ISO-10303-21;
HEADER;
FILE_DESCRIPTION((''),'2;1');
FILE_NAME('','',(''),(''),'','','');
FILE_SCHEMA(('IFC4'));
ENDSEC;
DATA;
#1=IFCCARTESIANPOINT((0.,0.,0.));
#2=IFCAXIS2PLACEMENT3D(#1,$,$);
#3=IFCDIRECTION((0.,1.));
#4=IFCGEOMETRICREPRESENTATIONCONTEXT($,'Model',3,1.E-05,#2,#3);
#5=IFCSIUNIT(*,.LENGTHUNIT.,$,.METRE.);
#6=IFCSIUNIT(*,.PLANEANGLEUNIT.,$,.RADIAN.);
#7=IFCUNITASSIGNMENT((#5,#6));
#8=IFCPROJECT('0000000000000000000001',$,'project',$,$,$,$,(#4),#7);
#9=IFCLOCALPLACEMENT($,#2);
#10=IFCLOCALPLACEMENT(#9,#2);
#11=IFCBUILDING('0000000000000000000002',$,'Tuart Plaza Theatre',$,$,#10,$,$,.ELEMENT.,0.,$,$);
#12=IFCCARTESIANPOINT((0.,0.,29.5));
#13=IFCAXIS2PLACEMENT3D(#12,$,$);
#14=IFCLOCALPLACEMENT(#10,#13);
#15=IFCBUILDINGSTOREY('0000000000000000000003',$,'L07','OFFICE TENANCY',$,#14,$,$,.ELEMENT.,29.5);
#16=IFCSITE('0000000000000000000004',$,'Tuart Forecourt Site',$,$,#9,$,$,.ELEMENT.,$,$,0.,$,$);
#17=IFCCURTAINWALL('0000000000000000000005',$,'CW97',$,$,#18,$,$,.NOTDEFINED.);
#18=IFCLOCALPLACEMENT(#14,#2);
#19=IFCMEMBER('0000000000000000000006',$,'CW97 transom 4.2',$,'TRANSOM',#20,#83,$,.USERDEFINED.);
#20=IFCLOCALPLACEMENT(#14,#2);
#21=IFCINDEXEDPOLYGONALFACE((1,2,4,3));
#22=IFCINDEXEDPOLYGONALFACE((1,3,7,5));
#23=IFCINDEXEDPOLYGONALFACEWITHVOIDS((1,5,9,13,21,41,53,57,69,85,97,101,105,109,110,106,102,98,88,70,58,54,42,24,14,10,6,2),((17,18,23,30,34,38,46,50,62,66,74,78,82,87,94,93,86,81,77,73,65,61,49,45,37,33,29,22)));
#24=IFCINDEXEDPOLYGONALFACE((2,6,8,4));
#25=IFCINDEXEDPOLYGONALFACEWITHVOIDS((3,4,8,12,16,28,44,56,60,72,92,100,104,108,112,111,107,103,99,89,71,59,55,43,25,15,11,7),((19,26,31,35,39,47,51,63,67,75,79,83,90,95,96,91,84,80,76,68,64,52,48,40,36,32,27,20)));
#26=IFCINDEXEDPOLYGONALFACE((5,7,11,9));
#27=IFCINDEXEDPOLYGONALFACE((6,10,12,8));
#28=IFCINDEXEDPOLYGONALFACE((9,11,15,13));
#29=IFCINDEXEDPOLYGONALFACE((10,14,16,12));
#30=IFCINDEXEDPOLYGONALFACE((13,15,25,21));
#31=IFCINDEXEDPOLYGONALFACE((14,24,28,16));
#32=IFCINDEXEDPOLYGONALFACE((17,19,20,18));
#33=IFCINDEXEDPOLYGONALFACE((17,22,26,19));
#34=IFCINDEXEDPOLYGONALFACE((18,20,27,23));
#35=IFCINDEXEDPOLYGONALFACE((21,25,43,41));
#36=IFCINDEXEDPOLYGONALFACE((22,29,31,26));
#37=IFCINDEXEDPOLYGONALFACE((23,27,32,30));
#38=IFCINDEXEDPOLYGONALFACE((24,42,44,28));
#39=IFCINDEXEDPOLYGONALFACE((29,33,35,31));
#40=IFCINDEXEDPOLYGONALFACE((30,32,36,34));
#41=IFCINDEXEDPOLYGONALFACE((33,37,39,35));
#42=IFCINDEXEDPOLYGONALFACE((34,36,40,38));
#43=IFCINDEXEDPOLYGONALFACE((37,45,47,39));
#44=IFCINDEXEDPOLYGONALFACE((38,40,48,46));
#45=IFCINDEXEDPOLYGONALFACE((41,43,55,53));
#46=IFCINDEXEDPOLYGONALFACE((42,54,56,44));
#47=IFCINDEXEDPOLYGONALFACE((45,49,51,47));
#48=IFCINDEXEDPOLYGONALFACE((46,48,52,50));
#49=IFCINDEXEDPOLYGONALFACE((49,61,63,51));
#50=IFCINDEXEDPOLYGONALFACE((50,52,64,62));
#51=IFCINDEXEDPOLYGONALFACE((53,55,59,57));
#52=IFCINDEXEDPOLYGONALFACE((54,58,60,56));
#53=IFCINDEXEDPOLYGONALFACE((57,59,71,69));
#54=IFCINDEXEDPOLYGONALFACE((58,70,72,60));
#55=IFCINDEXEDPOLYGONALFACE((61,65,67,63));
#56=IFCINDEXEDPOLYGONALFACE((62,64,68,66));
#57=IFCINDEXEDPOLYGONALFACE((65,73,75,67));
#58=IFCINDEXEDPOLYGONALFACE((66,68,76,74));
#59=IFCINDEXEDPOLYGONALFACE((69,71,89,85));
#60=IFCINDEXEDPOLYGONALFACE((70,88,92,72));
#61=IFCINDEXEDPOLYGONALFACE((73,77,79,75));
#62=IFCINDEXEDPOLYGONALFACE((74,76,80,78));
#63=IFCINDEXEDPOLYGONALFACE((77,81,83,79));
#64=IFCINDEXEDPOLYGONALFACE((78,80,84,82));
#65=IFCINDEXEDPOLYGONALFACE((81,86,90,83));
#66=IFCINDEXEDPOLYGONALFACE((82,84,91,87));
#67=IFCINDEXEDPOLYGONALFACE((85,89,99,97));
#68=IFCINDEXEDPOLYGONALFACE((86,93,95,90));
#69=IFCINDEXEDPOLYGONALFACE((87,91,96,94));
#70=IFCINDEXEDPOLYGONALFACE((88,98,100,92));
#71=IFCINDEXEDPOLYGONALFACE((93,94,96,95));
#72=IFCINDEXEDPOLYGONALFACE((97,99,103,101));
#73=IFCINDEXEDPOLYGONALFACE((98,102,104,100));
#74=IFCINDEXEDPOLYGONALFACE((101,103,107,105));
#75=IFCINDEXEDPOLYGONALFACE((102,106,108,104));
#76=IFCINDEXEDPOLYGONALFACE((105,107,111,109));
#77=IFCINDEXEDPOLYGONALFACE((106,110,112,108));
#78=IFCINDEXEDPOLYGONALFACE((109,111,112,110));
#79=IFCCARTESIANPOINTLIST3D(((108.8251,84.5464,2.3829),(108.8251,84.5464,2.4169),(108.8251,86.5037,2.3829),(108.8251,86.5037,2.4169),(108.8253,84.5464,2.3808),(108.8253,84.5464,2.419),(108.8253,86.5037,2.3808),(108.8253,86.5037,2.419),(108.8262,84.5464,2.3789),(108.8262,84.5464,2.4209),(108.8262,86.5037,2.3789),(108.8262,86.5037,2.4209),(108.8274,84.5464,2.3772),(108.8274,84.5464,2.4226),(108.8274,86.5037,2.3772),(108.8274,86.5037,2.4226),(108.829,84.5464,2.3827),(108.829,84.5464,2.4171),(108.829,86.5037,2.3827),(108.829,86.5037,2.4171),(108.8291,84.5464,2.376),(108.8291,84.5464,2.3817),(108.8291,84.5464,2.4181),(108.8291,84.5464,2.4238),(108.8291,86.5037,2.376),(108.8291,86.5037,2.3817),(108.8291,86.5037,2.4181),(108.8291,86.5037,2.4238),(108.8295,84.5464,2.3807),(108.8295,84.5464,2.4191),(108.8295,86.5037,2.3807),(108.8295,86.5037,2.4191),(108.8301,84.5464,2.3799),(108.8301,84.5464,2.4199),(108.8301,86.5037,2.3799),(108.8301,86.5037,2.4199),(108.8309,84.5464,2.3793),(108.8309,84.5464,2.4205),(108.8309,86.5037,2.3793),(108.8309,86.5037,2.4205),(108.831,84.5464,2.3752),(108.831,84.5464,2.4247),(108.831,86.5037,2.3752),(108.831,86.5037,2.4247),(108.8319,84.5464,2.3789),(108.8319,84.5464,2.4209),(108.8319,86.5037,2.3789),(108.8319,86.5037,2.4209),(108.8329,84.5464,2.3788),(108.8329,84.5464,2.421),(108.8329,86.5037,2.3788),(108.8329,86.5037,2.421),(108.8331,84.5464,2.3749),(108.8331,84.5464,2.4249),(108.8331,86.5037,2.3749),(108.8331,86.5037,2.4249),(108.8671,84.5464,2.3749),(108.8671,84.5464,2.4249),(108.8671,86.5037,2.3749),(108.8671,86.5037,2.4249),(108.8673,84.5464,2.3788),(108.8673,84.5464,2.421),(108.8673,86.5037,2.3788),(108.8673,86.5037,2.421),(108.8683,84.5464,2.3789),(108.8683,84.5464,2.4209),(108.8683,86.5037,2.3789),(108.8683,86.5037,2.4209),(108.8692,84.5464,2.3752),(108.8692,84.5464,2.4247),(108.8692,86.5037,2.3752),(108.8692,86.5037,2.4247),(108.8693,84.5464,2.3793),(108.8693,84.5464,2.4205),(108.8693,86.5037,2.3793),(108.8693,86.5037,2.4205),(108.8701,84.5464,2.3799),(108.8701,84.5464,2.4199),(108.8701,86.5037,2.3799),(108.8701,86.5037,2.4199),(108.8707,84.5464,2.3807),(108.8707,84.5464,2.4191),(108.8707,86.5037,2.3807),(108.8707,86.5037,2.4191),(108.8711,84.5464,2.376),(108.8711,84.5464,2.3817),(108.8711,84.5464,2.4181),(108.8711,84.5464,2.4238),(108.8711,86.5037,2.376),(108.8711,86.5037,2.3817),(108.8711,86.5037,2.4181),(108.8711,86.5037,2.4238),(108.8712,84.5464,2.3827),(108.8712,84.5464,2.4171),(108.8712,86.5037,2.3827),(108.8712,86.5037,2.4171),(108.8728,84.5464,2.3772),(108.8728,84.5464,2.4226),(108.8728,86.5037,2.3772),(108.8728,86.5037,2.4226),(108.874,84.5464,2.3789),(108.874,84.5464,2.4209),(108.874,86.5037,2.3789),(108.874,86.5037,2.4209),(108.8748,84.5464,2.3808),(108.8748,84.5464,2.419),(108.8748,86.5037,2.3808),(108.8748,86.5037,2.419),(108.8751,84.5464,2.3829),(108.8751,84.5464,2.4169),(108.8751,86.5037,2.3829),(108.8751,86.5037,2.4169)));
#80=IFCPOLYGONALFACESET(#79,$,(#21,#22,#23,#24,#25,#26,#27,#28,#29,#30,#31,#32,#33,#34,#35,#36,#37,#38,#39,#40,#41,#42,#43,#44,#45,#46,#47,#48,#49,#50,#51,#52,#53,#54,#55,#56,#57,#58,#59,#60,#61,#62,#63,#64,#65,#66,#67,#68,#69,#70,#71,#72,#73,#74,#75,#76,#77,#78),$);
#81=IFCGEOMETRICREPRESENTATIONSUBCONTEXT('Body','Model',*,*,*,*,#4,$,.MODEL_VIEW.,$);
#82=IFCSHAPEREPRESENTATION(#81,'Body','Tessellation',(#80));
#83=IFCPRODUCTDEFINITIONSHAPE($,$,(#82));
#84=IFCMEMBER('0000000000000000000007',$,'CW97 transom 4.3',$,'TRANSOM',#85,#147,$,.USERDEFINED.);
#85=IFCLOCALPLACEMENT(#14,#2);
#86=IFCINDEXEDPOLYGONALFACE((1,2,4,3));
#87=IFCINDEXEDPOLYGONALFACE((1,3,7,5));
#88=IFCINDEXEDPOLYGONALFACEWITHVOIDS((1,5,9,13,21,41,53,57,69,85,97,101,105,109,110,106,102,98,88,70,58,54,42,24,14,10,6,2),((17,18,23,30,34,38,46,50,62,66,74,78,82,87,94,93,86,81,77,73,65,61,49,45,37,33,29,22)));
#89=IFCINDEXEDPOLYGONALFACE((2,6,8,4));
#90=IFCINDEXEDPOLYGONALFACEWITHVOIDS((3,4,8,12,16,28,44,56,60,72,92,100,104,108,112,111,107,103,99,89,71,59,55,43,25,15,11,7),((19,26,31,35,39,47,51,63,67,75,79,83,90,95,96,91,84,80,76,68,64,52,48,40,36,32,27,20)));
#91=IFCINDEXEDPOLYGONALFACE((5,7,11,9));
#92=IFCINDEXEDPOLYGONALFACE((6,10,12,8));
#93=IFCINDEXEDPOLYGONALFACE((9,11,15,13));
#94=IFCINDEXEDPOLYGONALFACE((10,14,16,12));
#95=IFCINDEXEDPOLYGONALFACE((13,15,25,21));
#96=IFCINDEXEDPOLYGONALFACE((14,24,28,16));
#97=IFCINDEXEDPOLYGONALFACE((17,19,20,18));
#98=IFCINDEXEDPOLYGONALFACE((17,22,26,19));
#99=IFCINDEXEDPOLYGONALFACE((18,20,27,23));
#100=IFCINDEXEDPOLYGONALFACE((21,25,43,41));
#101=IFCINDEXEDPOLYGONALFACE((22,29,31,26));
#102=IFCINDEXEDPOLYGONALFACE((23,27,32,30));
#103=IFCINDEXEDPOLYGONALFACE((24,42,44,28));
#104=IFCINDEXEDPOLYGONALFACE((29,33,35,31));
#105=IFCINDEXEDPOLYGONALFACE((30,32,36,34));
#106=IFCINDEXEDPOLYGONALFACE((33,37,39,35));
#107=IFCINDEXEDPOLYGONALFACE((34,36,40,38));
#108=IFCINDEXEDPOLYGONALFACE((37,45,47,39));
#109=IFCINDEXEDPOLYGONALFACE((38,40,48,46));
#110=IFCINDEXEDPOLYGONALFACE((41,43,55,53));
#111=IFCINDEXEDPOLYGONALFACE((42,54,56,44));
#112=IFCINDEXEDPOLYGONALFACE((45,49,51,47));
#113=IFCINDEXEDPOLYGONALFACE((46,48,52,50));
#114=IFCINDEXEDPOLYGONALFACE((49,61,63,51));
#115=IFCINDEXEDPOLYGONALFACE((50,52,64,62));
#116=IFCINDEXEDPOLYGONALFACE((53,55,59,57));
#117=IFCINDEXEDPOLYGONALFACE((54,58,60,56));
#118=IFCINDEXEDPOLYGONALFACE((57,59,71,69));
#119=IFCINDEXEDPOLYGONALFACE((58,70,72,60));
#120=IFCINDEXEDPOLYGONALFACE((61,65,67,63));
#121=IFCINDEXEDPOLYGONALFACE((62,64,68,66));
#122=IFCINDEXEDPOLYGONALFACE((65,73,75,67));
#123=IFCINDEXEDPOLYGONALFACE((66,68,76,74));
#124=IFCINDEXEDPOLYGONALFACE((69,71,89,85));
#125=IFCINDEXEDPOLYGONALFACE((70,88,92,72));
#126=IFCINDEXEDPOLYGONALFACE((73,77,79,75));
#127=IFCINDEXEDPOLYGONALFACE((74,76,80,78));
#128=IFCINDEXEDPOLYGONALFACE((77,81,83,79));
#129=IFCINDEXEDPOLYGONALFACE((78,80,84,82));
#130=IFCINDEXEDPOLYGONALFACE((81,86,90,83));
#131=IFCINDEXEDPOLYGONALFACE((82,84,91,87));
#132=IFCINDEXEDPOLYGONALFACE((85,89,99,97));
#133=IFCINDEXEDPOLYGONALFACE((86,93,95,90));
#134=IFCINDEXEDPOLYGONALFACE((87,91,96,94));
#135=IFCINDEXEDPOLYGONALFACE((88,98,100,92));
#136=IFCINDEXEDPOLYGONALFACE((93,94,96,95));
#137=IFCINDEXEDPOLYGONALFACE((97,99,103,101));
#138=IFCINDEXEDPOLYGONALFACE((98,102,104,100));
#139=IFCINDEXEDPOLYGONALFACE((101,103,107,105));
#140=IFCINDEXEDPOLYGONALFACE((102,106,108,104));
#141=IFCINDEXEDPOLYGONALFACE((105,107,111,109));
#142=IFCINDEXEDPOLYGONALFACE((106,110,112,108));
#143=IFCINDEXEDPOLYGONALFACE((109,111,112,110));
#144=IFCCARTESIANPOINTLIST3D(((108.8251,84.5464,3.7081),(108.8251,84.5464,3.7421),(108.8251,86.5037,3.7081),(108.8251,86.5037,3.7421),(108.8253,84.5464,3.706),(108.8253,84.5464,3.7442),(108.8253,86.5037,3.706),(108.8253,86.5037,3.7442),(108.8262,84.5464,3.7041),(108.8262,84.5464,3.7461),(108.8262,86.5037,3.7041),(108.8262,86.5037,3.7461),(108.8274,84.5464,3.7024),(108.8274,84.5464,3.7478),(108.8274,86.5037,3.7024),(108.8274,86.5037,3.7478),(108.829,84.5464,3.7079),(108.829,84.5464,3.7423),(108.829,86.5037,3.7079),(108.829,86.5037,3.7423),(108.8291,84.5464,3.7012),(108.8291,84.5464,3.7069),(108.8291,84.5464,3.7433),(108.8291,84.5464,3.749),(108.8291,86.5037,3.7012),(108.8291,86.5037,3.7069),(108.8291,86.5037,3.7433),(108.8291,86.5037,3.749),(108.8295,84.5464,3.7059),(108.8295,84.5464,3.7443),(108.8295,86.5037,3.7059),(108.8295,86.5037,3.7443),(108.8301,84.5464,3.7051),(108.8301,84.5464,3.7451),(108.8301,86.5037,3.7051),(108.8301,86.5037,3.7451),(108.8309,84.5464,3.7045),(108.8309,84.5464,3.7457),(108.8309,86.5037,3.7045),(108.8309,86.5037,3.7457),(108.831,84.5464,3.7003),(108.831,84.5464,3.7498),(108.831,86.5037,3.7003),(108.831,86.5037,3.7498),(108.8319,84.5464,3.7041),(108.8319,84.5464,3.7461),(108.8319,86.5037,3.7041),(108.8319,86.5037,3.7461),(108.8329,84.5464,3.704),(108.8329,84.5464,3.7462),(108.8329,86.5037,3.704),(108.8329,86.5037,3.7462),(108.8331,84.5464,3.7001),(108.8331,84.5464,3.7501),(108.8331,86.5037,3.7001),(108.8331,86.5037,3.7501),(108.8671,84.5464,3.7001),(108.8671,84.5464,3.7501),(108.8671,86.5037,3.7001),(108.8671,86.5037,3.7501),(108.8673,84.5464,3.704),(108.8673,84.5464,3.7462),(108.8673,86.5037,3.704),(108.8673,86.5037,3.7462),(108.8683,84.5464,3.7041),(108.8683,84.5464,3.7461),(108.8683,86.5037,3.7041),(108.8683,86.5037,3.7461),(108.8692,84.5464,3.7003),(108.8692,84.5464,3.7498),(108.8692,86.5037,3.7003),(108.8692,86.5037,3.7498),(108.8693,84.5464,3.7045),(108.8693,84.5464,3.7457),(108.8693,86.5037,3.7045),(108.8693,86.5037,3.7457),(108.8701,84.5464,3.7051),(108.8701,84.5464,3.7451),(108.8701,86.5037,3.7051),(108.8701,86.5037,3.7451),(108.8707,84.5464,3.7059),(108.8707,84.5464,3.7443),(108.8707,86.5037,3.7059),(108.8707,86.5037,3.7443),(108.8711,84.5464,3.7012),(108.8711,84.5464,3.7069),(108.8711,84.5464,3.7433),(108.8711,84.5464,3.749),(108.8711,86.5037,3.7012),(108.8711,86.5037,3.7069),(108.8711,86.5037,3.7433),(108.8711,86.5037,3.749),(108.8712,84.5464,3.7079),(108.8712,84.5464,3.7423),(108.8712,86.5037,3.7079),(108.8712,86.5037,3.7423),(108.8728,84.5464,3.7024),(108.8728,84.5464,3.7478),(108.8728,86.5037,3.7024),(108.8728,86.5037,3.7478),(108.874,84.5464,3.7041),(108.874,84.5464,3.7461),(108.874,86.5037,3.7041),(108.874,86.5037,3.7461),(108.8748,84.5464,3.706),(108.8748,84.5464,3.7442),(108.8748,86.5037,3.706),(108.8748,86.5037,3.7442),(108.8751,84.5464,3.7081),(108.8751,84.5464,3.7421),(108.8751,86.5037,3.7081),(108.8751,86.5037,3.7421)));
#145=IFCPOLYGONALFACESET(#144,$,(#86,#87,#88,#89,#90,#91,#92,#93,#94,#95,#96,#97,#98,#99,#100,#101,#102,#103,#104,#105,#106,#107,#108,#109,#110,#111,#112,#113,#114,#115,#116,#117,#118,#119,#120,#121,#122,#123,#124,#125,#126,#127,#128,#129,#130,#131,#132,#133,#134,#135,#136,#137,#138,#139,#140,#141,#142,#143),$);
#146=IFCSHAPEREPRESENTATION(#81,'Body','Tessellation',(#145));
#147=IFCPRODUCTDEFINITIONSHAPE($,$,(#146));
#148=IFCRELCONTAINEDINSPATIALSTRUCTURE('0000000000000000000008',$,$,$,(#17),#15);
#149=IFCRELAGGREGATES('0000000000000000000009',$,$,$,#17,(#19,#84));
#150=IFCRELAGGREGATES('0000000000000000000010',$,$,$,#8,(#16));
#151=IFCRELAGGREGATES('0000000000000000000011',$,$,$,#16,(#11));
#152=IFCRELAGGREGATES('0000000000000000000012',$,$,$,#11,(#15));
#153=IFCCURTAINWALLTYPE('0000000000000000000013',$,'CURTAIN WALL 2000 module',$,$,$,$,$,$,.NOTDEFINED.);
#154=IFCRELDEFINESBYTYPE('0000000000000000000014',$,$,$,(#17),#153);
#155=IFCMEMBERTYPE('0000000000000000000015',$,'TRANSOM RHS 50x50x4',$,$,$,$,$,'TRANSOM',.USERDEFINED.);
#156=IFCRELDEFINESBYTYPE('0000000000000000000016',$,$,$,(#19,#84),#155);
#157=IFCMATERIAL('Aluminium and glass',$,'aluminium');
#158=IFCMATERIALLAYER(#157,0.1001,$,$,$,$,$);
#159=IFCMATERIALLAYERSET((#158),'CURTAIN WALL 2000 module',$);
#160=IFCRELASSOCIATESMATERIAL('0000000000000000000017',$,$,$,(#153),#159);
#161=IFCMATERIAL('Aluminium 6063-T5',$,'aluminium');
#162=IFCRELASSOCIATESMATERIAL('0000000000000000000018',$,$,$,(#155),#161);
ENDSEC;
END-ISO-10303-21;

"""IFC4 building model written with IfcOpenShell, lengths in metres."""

from ifc_helpers import new_model, si_unit, direction, frame, origin, origin_2d, place, context, subcontext, project, spatial, hollow_rectangle, extrude, material, layer, layer_set, material_profile, profile_set, type_object, element, aggregate, save


model = new_model("IFC4")

# Units and contexts
model_context = context("Model", 3, precision=1e-05, world=origin(), true_north=direction((0.0, 1.0)))
body_context = subcontext(model_context, "Body", "Model", "MODEL_VIEW")
ifc_project = project(units=[si_unit("LENGTHUNIT", "METRE"), si_unit("PLANEANGLEUNIT", "RADIAN")], contexts=[model_context])

# Site, building, storey
site_placement = place(None, origin())
site = spatial("IfcSite", under=ifc_project, at=site_placement, Name="Tuart Forecourt Site", CompositionType="ELEMENT", RefElevation=0.0)
building_placement = place(site_placement, origin())
building = spatial("IfcBuilding", under=site, at=building_placement, Name="Tuart Plaza Theatre", CompositionType="ELEMENT", ElevationOfRefHeight=0.0)
storey_placement = place(building_placement, frame((0.0, 0.0, 29.5)))
storey = spatial("IfcBuildingStorey", under=building, at=storey_placement, Name="L07", Description="OFFICE TENANCY", CompositionType="ELEMENT", Elevation=29.5)

# Curtain wall, members
ifc_material_1 = material(Name="Aluminium and glass", Category="aluminium")
ifc_layer_1 = layer(ifc_material_1, 0.1001)
ifc_layer_set_1 = layer_set([ifc_layer_1], Name="CURTAIN WALL 2000 module")
curtain_wall_type = type_object("IfcCurtainWallType", Name="CURTAIN WALL 2000 module", PredefinedType="NOTDEFINED", material=ifc_layer_set_1)
curtain_wall_placement = place(storey_placement, origin())
curtain_wall = element("IfcCurtainWall", 1, at=curtain_wall_placement, inside=storey, type_object=curtain_wall_type, Name="CW97", PredefinedType="NOTDEFINED")
ifc_material_2 = material(Name="Aluminium 6063-T5", Category="aluminium")
ifc_material_profile_1 = material_profile(ifc_material_2, hollow_rectangle(XDim=0.05, YDim=0.05, WallThickness=0.0039, InnerFilletRadius=0.0039, OuterFilletRadius=0.0081, at=origin_2d()), Name="RHS 50x50x4")
ifc_profile_set_1 = profile_set([ifc_material_profile_1], Name="Aluminium 6063-T5")
member_type_1 = type_object("IfcMemberType", Name="TRANSOM RHS 50x50x4", ElementType="TRANSOM", PredefinedType="USERDEFINED", material=ifc_profile_set_1)
member_1_placement = place(storey_placement, frame((108.8501, 86.5037, 2.3999), z_axis=(0.0, -1.0, 0.0), x_axis=(1.0, 0.0, 0.0)))
member_1 = element("IfcMember", 2, at=member_1_placement, type_object=member_type_1, Name="CW97 transom 4.2", ObjectType="TRANSOM", PredefinedType="USERDEFINED", context=body_context, shape_type="SweptSolid", body=[
    extrude(hollow_rectangle(XDim=0.05, YDim=0.05, WallThickness=0.0039, InnerFilletRadius=0.0039, OuterFilletRadius=0.0081, at=origin_2d()), origin(), (0.0, 0.0, 1.0), 1.9573),
])
member_2_placement = place(storey_placement, frame((108.8501, 86.5037, 3.7251), z_axis=(0.0, -1.0, 0.0), x_axis=(1.0, 0.0, 0.0)))
member_2 = element("IfcMember", 3, at=member_2_placement, type_object=member_type_1, Name="CW97 transom 4.3", ObjectType="TRANSOM", PredefinedType="USERDEFINED", context=body_context, shape_type="SweptSolid", body=[
    extrude(hollow_rectangle(XDim=0.05, YDim=0.05, WallThickness=0.0039, InnerFilletRadius=0.0039, OuterFilletRadius=0.0081, at=origin_2d()), origin(), (0.0, 0.0, 1.0), 1.9573),
])
aggregate(curtain_wall, [member_1, member_2])

save(model, "model.ifc")
